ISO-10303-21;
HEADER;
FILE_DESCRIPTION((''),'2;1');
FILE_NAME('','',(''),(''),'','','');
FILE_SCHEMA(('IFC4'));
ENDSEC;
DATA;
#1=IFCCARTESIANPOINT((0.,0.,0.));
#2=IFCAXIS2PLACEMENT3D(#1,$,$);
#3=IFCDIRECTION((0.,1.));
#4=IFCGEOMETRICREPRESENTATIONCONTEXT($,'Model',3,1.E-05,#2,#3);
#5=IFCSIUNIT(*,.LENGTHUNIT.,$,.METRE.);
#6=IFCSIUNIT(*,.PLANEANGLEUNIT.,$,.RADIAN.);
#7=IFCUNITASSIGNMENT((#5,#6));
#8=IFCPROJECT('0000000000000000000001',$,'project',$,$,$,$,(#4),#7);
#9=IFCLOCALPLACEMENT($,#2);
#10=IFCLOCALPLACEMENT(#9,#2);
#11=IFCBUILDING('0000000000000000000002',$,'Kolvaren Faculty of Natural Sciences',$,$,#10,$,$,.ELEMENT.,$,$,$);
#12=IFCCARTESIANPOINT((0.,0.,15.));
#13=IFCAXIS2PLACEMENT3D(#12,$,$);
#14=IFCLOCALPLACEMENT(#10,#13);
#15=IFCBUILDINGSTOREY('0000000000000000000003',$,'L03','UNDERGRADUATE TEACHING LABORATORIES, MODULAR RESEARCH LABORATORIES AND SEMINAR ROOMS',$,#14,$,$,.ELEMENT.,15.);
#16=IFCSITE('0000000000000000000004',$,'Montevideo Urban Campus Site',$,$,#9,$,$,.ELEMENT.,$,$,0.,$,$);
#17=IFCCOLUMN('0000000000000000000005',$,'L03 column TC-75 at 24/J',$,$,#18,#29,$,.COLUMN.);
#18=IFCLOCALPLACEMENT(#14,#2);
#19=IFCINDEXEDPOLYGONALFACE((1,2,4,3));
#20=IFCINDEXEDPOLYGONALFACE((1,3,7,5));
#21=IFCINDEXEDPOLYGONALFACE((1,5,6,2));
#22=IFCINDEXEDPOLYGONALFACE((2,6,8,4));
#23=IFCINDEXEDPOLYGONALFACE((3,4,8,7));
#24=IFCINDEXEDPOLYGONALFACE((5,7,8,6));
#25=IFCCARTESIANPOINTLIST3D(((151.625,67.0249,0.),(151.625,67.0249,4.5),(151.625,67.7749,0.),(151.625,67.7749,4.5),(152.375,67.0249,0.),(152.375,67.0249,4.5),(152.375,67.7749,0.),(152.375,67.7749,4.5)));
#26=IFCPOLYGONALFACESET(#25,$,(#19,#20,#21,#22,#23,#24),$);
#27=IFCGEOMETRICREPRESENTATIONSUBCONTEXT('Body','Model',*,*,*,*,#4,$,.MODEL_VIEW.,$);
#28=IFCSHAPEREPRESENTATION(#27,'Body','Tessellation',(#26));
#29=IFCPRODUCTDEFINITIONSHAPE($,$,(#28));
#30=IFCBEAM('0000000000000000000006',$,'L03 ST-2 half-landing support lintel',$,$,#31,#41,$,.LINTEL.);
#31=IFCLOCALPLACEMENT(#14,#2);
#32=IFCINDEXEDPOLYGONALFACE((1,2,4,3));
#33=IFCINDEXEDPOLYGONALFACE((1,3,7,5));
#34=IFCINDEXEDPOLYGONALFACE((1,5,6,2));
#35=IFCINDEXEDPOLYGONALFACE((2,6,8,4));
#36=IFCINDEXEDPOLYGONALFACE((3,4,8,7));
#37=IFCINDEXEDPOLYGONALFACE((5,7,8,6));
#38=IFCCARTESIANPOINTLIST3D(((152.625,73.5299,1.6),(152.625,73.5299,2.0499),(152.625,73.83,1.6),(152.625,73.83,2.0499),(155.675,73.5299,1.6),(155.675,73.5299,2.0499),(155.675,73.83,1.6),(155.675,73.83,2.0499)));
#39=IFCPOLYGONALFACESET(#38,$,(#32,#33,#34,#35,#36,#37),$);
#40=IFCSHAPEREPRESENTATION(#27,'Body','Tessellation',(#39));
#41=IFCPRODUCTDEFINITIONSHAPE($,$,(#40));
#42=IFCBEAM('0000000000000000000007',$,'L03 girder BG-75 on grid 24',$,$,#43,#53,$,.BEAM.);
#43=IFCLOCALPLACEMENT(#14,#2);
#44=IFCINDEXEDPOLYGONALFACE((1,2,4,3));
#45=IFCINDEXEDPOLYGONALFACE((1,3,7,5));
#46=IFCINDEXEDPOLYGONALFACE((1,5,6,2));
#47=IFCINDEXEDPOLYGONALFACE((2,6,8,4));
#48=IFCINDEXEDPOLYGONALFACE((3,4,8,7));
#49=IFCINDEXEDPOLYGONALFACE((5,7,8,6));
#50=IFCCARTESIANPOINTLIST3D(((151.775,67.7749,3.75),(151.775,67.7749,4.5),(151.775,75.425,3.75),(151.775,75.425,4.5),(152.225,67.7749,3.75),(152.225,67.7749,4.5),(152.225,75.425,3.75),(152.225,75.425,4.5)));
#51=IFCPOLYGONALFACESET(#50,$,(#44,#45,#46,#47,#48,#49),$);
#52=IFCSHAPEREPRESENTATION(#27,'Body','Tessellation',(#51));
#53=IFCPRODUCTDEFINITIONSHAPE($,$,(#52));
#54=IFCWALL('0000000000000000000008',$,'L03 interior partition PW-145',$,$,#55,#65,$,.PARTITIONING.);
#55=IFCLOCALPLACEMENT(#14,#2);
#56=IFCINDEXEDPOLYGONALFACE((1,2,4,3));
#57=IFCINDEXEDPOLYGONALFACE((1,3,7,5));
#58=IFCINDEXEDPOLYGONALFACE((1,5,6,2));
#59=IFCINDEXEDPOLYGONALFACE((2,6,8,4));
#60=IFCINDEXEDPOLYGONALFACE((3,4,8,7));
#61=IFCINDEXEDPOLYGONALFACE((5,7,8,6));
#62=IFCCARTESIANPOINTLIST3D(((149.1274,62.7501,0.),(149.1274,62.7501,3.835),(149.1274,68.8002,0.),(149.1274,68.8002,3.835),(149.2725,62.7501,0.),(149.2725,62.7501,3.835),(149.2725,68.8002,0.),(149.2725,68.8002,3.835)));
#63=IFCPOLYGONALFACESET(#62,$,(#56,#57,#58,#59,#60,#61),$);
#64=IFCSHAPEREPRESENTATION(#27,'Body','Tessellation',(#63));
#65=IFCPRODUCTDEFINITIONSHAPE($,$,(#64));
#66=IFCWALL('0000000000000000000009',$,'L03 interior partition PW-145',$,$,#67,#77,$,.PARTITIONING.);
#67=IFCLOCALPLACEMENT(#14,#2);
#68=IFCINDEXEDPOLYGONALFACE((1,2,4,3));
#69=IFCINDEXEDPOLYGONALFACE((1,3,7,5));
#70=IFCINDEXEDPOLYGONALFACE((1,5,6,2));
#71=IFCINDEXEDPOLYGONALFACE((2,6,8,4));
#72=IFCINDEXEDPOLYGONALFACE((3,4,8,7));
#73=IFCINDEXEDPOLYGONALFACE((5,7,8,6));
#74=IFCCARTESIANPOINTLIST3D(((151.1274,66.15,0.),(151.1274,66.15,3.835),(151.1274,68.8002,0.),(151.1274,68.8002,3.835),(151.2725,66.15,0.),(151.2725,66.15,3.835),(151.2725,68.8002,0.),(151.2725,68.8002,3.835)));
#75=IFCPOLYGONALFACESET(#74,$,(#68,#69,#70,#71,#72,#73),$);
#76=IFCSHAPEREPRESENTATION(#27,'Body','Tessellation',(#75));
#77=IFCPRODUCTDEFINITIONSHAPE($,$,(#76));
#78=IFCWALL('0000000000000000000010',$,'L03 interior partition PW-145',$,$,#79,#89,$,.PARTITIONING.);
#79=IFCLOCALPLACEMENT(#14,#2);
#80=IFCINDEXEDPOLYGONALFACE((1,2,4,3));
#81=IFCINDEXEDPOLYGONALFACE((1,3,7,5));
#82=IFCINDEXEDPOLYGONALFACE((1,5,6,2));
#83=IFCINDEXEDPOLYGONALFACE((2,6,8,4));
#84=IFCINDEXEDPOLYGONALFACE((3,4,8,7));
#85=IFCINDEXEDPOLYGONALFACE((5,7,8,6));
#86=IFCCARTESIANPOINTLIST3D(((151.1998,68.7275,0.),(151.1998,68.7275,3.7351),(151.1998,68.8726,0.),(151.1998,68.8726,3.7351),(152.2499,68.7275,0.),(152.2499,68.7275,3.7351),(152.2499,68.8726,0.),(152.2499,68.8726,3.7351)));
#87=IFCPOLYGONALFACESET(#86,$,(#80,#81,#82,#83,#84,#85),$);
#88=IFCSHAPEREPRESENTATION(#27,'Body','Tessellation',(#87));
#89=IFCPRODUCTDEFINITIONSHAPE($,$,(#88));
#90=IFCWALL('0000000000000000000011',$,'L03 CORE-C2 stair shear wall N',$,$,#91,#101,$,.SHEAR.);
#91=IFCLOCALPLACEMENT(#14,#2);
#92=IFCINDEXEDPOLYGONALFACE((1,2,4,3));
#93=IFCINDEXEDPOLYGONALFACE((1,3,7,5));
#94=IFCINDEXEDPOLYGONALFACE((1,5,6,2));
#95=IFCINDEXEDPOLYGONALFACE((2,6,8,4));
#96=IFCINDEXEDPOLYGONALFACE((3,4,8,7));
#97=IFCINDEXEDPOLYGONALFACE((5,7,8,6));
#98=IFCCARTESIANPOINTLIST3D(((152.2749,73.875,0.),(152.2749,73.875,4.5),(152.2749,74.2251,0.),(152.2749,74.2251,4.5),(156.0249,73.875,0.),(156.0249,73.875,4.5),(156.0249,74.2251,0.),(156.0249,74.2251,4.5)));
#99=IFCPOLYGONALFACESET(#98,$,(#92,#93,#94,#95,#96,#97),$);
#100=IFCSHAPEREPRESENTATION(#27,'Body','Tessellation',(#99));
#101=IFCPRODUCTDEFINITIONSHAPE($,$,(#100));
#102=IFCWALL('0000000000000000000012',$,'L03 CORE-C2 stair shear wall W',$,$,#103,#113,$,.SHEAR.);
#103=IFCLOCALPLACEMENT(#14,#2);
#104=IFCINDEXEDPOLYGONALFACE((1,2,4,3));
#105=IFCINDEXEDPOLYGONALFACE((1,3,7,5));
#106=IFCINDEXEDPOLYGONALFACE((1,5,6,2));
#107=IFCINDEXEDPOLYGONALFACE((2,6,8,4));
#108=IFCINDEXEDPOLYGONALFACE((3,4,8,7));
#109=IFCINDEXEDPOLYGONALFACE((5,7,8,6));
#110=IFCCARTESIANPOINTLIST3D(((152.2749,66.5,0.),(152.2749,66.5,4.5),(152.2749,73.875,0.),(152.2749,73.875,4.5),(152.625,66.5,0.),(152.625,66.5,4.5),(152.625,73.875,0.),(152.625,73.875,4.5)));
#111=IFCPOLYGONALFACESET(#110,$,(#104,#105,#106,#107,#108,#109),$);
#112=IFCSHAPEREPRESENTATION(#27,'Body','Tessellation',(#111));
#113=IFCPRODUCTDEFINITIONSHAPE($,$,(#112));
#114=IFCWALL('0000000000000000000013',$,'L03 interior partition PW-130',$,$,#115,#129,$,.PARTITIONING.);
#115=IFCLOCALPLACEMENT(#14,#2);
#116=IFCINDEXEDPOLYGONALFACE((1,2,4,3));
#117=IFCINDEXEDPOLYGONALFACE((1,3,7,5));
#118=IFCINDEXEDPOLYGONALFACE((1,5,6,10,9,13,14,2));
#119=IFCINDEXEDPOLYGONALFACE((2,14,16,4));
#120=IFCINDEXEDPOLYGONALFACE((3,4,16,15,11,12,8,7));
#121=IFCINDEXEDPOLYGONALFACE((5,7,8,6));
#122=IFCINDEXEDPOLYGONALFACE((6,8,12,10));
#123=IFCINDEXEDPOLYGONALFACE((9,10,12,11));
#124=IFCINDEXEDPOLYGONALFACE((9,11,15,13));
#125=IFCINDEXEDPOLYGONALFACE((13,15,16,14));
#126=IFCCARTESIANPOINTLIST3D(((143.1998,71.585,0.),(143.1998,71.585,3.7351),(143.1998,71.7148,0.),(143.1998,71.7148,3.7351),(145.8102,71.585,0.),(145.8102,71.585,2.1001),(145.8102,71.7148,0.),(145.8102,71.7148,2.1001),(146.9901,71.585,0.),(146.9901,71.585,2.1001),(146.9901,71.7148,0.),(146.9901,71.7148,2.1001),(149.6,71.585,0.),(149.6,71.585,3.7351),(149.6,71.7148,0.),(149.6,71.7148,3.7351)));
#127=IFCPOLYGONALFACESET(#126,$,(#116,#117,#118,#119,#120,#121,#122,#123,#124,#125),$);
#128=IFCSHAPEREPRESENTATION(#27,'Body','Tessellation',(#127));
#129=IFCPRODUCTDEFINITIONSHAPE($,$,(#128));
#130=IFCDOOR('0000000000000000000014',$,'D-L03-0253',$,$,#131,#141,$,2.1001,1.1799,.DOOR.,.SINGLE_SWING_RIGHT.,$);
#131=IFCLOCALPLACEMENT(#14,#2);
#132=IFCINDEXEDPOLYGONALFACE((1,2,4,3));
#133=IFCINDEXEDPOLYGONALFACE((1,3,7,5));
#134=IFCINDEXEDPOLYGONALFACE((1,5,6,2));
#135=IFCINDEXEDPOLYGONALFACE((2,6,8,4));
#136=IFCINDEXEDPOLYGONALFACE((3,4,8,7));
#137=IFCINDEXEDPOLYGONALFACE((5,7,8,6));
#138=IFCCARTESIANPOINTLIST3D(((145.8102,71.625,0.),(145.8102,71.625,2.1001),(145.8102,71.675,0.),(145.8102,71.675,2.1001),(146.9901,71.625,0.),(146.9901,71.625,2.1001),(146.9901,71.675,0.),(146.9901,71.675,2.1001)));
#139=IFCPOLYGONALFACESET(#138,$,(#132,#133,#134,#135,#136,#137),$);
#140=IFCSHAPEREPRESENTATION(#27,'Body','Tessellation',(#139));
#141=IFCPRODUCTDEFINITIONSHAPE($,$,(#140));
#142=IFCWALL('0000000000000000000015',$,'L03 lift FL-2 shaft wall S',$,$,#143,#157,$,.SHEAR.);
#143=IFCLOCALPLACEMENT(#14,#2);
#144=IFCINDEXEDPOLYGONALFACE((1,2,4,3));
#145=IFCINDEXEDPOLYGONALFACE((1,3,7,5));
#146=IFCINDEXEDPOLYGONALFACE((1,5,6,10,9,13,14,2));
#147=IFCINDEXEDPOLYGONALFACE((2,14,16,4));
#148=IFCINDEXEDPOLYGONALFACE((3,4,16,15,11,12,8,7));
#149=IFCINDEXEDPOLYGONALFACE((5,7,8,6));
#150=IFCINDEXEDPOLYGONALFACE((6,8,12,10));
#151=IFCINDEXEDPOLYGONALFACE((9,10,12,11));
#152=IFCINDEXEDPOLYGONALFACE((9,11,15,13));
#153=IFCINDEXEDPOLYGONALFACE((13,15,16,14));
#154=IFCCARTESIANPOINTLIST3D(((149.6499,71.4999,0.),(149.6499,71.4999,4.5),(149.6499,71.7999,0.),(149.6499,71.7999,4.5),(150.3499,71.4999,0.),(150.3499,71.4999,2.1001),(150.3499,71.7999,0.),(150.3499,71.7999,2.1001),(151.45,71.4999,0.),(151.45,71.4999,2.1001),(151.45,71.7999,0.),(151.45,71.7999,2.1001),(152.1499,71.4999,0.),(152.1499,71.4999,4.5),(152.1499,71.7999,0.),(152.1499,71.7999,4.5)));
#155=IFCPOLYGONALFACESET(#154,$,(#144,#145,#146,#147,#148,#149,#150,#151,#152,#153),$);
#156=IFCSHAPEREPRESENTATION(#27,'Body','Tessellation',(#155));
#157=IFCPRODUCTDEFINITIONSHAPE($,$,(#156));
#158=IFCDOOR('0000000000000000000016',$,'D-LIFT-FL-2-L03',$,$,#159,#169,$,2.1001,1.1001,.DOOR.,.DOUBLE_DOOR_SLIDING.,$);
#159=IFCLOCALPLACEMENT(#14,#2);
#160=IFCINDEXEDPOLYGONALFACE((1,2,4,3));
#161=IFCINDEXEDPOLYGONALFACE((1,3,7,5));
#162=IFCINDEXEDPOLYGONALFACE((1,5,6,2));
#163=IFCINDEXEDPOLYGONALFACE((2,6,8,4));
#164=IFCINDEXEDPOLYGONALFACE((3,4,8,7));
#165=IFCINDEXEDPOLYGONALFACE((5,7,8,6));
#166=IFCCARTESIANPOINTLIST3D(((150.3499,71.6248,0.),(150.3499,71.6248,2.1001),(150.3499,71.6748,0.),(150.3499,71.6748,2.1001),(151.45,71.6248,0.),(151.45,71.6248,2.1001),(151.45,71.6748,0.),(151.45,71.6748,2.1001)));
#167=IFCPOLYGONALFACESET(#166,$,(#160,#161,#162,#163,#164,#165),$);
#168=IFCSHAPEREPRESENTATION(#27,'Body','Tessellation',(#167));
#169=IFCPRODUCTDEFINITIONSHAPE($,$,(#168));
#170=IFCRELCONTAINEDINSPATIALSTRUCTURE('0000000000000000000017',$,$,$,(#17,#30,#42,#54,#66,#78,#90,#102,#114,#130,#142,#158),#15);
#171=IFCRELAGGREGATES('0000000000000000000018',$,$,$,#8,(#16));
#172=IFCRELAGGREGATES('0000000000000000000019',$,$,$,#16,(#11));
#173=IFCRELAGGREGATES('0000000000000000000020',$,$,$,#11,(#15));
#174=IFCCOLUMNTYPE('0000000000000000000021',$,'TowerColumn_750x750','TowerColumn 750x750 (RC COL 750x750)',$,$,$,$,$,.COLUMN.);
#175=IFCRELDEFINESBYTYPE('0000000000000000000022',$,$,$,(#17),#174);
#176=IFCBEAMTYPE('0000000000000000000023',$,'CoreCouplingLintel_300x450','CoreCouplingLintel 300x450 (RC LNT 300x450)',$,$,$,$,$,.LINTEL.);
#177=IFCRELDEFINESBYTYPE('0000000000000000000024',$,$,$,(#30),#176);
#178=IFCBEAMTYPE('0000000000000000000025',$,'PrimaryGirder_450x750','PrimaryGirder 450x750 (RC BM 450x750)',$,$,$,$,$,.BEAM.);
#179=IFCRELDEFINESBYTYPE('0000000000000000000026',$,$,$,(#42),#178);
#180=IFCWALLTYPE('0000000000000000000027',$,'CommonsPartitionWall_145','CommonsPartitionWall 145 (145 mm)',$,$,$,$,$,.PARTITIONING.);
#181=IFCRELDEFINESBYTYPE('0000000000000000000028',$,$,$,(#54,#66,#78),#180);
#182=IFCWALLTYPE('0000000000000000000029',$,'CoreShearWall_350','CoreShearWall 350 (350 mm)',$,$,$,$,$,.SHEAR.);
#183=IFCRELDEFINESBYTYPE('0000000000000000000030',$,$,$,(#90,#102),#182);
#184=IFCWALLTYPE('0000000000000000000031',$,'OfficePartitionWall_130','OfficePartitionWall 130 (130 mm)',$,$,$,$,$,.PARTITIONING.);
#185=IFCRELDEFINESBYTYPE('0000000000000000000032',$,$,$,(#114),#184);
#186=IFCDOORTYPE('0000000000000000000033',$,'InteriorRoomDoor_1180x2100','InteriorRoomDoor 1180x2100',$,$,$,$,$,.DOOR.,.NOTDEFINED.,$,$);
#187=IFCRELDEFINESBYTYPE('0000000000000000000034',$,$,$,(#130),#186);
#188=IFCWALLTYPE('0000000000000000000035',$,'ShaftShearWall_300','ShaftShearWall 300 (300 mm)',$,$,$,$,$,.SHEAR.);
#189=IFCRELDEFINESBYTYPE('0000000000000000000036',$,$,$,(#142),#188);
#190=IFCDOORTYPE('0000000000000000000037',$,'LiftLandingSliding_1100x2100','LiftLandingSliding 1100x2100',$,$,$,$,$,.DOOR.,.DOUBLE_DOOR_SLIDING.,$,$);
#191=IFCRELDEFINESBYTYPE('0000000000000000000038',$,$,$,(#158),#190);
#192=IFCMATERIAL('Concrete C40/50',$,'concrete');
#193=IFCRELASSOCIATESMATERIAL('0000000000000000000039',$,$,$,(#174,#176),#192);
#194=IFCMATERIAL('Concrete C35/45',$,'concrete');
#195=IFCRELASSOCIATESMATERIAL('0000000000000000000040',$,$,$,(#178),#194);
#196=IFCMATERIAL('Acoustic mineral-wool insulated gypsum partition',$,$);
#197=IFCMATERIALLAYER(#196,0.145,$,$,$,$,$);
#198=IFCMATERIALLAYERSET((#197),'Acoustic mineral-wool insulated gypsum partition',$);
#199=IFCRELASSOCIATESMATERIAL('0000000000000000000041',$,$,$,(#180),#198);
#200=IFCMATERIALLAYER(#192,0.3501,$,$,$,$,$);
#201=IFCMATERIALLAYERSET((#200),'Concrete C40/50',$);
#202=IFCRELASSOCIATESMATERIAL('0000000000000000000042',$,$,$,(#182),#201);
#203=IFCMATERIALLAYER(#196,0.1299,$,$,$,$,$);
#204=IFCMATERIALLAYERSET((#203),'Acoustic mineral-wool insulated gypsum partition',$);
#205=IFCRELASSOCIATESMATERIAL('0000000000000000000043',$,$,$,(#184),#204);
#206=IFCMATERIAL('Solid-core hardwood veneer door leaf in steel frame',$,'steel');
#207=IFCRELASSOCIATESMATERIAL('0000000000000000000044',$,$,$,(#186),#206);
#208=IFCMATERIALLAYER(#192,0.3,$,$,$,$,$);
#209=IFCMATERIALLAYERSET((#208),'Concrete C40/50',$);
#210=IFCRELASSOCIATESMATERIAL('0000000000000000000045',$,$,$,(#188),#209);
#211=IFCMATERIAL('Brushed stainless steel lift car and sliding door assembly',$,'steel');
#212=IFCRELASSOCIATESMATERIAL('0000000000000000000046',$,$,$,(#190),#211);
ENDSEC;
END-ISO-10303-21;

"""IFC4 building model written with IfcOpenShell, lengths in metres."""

from ifc_helpers import new_model, si_unit, direction, frame, frame_2d, origin, origin_2d, place, context, subcontext, project, spatial, rectangle, extrude, material, layer, layer_set, material_profile, profile_set, type_object, element, fill, save


model = new_model("IFC4")

# Units and contexts
model_context = context("Model", 3, precision=1e-05, world=origin(), true_north=direction((0.0, 1.0)))
body_context = subcontext(model_context, "Body", "Model", "MODEL_VIEW")
ifc_project = project(units=[si_unit("LENGTHUNIT", "METRE"), si_unit("PLANEANGLEUNIT", "RADIAN")], contexts=[model_context])

# Site, building, storey
site_placement = place(None, origin())
site = spatial("IfcSite", under=ifc_project, at=site_placement, Name="Montevideo Urban Campus Site", CompositionType="ELEMENT", RefElevation=0.0)
building_placement = place(site_placement, origin())
building = spatial("IfcBuilding", under=site, at=building_placement, Name="Kolvaren Faculty of Natural Sciences", CompositionType="ELEMENT")
storey_placement = place(building_placement, frame((0.0, 0.0, 15.0)))
storey = spatial("IfcBuildingStorey", under=building, at=storey_placement, Name="L03", Description="UNDERGRADUATE TEACHING LABORATORIES, MODULAR RESEARCH LABORATORIES AND SEMINAR ROOMS", CompositionType="ELEMENT", Elevation=15.0)

# Column
ifc_material_1 = material(Name="Concrete C40/50", Category="concrete")
ifc_material_profile_1 = material_profile(ifc_material_1, rectangle(XDim=0.75, YDim=0.75, at=origin_2d()), Name="RC COL 750x750")
ifc_profile_set_1 = profile_set([ifc_material_profile_1], Name="Concrete C40/50")
column_type = type_object("IfcColumnType", Name="TowerColumn_750x750", Description="TowerColumn 750x750 (RC COL 750x750)", PredefinedType="COLUMN", material=ifc_profile_set_1)
column_placement = place(storey_placement, frame((152.0, 67.3999, 0.0), z_axis=(0.0, 0.0, 1.0), x_axis=(1.0, 0.0, 0.0)))
element("IfcColumn", 1, at=column_placement, inside=storey, type_object=column_type, Name="L03 column TC-75 at 24/J", PredefinedType="COLUMN", context=body_context, shape_type="SweptSolid", body=[
    extrude(rectangle(XDim=0.75, YDim=0.75, at=origin_2d()), origin(), (0.0, 0.0, 1.0), 4.5),
])

# Beams
ifc_material_profile_2 = material_profile(ifc_material_1, rectangle(XDim=0.3, YDim=0.45, at=origin_2d()), Name="RC LNT 300x450")
ifc_profile_set_2 = profile_set([ifc_material_profile_2], Name="Concrete C40/50")
beam_type_1 = type_object("IfcBeamType", Name="CoreCouplingLintel_300x450", Description="CoreCouplingLintel 300x450 (RC LNT 300x450)", PredefinedType="LINTEL", material=ifc_profile_set_2)
beam_1_placement = place(storey_placement, frame((152.625, 73.6799, 1.825), z_axis=(1.0, 0.0, 0.0), x_axis=(0.0, 1.0, 0.0)))
element("IfcBeam", 2, at=beam_1_placement, inside=storey, type_object=beam_type_1, Name="L03 ST-2 half-landing support lintel", PredefinedType="LINTEL", context=body_context, shape_type="SweptSolid", body=[
    extrude(rectangle(XDim=0.3, YDim=0.45, at=origin_2d()), origin(), (0.0, 0.0, 1.0), 3.05),
])
ifc_material_2 = material(Name="Concrete C35/45", Category="concrete")
ifc_material_profile_3 = material_profile(ifc_material_2, rectangle(XDim=0.45, YDim=0.75, at=origin_2d()), Name="RC BM 450x750")
ifc_profile_set_3 = profile_set([ifc_material_profile_3], Name="Concrete C35/45")
beam_type_2 = type_object("IfcBeamType", Name="PrimaryGirder_450x750", Description="PrimaryGirder 450x750 (RC BM 450x750)", PredefinedType="BEAM", material=ifc_profile_set_3)
beam_2_placement = place(storey_placement, frame((152.0, 67.7749, 4.125), z_axis=(0.0, 1.0, 0.0), x_axis=(-1.0, 0.0, 0.0)))
element("IfcBeam", 3, at=beam_2_placement, inside=storey, type_object=beam_type_2, Name="L03 girder BG-75 on grid 24", PredefinedType="BEAM", context=body_context, shape_type="SweptSolid", body=[
    extrude(rectangle(XDim=0.45, YDim=0.75, at=origin_2d()), origin(), (0.0, 0.0, 1.0), 7.6501),
])

# Walls
ifc_material_3 = material(Name="Acoustic mineral-wool insulated gypsum partition")
ifc_layer_1 = layer(ifc_material_3, 0.145)
ifc_layer_set_1 = layer_set([ifc_layer_1], Name="Acoustic mineral-wool insulated gypsum partition")
wall_type_1 = type_object("IfcWallType", Name="CommonsPartitionWall_145", Description="CommonsPartitionWall 145 (145 mm)", PredefinedType="PARTITIONING", material=ifc_layer_set_1)
wall_1_placement = place(storey_placement, frame((149.2, 68.8, 0.0), z_axis=(0.0, 0.0, 1.0), x_axis=(0.0, -1.0, 0.0)))
element("IfcWall", 4, at=wall_1_placement, inside=storey, type_object=wall_type_1, Name="L03 interior partition PW-145", PredefinedType="PARTITIONING", context=body_context, shape_type="SweptSolid", body=[
    extrude(rectangle(XDim=6.05, YDim=0.145, at=frame_2d((3.0249, 0.0))), origin(), (0.0, 0.0, 1.0), 3.835),
])
wall_2_placement = place(storey_placement, frame((151.2, 66.1499, 0.0), z_axis=(0.0, 0.0, 1.0), x_axis=(0.0, 1.0, 0.0)))
element("IfcWall", 5, at=wall_2_placement, inside=storey, type_object=wall_type_1, Name="L03 interior partition PW-145", PredefinedType="PARTITIONING", context=body_context, shape_type="SweptSolid", body=[
    extrude(rectangle(XDim=2.6501, YDim=0.145, at=frame_2d((1.3252, 0.0))), origin(), (0.0, 0.0, 1.0), 3.835),
])
wall_3_placement = place(storey_placement, frame((151.2, 68.8, 0.0), z_axis=(0.0, 0.0, 1.0), x_axis=(1.0, 0.0, 0.0)))
element("IfcWall", 6, at=wall_3_placement, inside=storey, type_object=wall_type_1, Name="L03 interior partition PW-145", PredefinedType="PARTITIONING", context=body_context, shape_type="SweptSolid", body=[
    extrude(rectangle(XDim=1.05, YDim=0.145, at=frame_2d((0.5249, 0.0))), origin(), (0.0, 0.0, 1.0), 3.7351),
])

# Shared definitions
ifc_layer_2 = layer(ifc_material_1, 0.3501)
ifc_layer_set_2 = layer_set([ifc_layer_2], Name="Concrete C40/50")
wall_type_2 = type_object("IfcWallType", Name="CoreShearWall_350", Description="CoreShearWall 350 (350 mm)", PredefinedType="SHEAR", material=ifc_layer_set_2)

# Walls
wall_4_placement = place(storey_placement, frame((152.2749, 74.05, 0.0), z_axis=(0.0, 0.0, 1.0), x_axis=(1.0, 0.0, 0.0)))
element("IfcWall", 7, at=wall_4_placement, inside=storey, type_object=wall_type_2, Name="L03 CORE-C2 stair shear wall N", PredefinedType="SHEAR", context=body_context, shape_type="SweptSolid", body=[
    extrude(rectangle(XDim=3.75, YDim=0.3501, at=frame_2d((1.875, 0.0))), origin(), (0.0, 0.0, 1.0), 4.5),
])
wall_5_placement = place(storey_placement, frame((152.45, 66.5, 0.0), z_axis=(0.0, 0.0, 1.0), x_axis=(0.0, 1.0, 0.0)))
element("IfcWall", 8, at=wall_5_placement, inside=storey, type_object=wall_type_2, Name="L03 CORE-C2 stair shear wall W", PredefinedType="SHEAR", context=body_context, shape_type="SweptSolid", body=[
    extrude(rectangle(XDim=7.375, YDim=0.3501, at=frame_2d((3.6875, 0.0))), origin(), (0.0, 0.0, 1.0), 4.5),
])

# Walls, openings, doors
ifc_layer_3 = layer(ifc_material_3, 0.1299)
ifc_layer_set_3 = layer_set([ifc_layer_3], Name="Acoustic mineral-wool insulated gypsum partition")
wall_type_3 = type_object("IfcWallType", Name="OfficePartitionWall_130", Description="OfficePartitionWall 130 (130 mm)", PredefinedType="PARTITIONING", material=ifc_layer_set_3)
wall_6_placement = place(storey_placement, frame((149.6001, 71.6499, 0.0), z_axis=(0.0, 0.0, 1.0), x_axis=(-1.0, 0.0, 0.0)))
wall_6 = element("IfcWall", 9, at=wall_6_placement, inside=storey, type_object=wall_type_3, Name="L03 interior partition PW-130", PredefinedType="PARTITIONING", context=body_context, shape_type="SweptSolid", body=[
    extrude(rectangle(XDim=6.4001, YDim=0.1299, at=frame_2d((3.2002, 0.0))), origin(), (0.0, 0.0, 1.0), 3.7351),
])
opening_1_placement = place(wall_6_placement, frame((2.6101, 0.0, 0.0)))
opening_1 = element("IfcOpeningElement", 10, at=opening_1_placement, cuts=wall_6, PredefinedType="OPENING", context=body_context, shape_type="SweptSolid", body=[
    extrude(rectangle(XDim=1.1799, YDim=2.1001, at=frame_2d((0.5898, 1.05))), frame((0.0, 0.075, 0.0), z_axis=(0.0, -1.0, 0.0), x_axis=(1.0, 0.0, 0.0)), (0.0, 0.0, 1.0), 0.1499),
])
ifc_material_4 = material(Name="Solid-core hardwood veneer door leaf in steel frame", Category="steel")
door_type_1 = type_object("IfcDoorType", Name="InteriorRoomDoor_1180x2100", Description="InteriorRoomDoor 1180x2100", OperationType="NOTDEFINED", PredefinedType="DOOR", material=ifc_material_4)
door_1_placement = place(opening_1_placement, origin())
door_1 = element("IfcDoor", 11, at=door_1_placement, inside=storey, type_object=door_type_1, Name="D-L03-0253", OperationType="SINGLE_SWING_RIGHT", OverallHeight=2.1001, OverallWidth=1.1799, PredefinedType="DOOR", context=body_context, shape_type="SweptSolid", body=[
    extrude(rectangle(XDim=1.1799, YDim=2.1001, at=frame_2d((0.5898, 1.05))), frame((0.0, 0.0249, 0.0), z_axis=(0.0, -1.0, 0.0), x_axis=(1.0, 0.0, 0.0)), (0.0, 0.0, 1.0), 0.05),
])
fill(opening_1, door_1)
ifc_layer_4 = layer(ifc_material_1, 0.3)
ifc_layer_set_4 = layer_set([ifc_layer_4], Name="Concrete C40/50")
wall_type_4 = type_object("IfcWallType", Name="ShaftShearWall_300", Description="ShaftShearWall 300 (300 mm)", PredefinedType="SHEAR", material=ifc_layer_set_4)
wall_7_placement = place(storey_placement, frame((149.6499, 71.6499, 0.0), z_axis=(0.0, 0.0, 1.0), x_axis=(1.0, 0.0, 0.0)))
wall_7 = element("IfcWall", 12, at=wall_7_placement, inside=storey, type_object=wall_type_4, Name="L03 lift FL-2 shaft wall S", PredefinedType="SHEAR", context=body_context, shape_type="SweptSolid", body=[
    extrude(rectangle(XDim=2.5, YDim=0.3, at=frame_2d((1.25, 0.0))), origin(), (0.0, 0.0, 1.0), 4.5),
])
opening_2_placement = place(wall_7_placement, frame((0.7, 0.0, 0.0)))
opening_2 = element("IfcOpeningElement", 13, at=opening_2_placement, cuts=wall_7, PredefinedType="OPENING", context=body_context, shape_type="SweptSolid", body=[
    extrude(rectangle(XDim=1.1001, YDim=2.1001, at=frame_2d((0.55, 1.05))), frame((0.0, 0.1599, 0.0), z_axis=(0.0, -1.0, 0.0), x_axis=(1.0, 0.0, 0.0)), (0.0, 0.0, 1.0), 0.3201),
])
ifc_material_5 = material(Name="Brushed stainless steel lift car and sliding door assembly", Category="steel")
door_type_2 = type_object("IfcDoorType", Name="LiftLandingSliding_1100x2100", Description="LiftLandingSliding 1100x2100", OperationType="DOUBLE_DOOR_SLIDING", PredefinedType="DOOR", material=ifc_material_5)
door_2_placement = place(opening_2_placement, origin())
door_2 = element("IfcDoor", 14, at=door_2_placement, inside=storey, type_object=door_type_2, Name="D-LIFT-FL-2-L03", OperationType="DOUBLE_DOOR_SLIDING", OverallHeight=2.1001, OverallWidth=1.1001, PredefinedType="DOOR", context=body_context, shape_type="SweptSolid", body=[
    extrude(rectangle(XDim=1.1001, YDim=2.1001, at=frame_2d((0.55, 1.05))), frame((0.0, 0.0249, 0.0), z_axis=(0.0, -1.0, 0.0), x_axis=(1.0, 0.0, 0.0)), (0.0, 0.0, 1.0), 0.05),
])
fill(opening_2, door_2)

save(model, "model.ifc")
